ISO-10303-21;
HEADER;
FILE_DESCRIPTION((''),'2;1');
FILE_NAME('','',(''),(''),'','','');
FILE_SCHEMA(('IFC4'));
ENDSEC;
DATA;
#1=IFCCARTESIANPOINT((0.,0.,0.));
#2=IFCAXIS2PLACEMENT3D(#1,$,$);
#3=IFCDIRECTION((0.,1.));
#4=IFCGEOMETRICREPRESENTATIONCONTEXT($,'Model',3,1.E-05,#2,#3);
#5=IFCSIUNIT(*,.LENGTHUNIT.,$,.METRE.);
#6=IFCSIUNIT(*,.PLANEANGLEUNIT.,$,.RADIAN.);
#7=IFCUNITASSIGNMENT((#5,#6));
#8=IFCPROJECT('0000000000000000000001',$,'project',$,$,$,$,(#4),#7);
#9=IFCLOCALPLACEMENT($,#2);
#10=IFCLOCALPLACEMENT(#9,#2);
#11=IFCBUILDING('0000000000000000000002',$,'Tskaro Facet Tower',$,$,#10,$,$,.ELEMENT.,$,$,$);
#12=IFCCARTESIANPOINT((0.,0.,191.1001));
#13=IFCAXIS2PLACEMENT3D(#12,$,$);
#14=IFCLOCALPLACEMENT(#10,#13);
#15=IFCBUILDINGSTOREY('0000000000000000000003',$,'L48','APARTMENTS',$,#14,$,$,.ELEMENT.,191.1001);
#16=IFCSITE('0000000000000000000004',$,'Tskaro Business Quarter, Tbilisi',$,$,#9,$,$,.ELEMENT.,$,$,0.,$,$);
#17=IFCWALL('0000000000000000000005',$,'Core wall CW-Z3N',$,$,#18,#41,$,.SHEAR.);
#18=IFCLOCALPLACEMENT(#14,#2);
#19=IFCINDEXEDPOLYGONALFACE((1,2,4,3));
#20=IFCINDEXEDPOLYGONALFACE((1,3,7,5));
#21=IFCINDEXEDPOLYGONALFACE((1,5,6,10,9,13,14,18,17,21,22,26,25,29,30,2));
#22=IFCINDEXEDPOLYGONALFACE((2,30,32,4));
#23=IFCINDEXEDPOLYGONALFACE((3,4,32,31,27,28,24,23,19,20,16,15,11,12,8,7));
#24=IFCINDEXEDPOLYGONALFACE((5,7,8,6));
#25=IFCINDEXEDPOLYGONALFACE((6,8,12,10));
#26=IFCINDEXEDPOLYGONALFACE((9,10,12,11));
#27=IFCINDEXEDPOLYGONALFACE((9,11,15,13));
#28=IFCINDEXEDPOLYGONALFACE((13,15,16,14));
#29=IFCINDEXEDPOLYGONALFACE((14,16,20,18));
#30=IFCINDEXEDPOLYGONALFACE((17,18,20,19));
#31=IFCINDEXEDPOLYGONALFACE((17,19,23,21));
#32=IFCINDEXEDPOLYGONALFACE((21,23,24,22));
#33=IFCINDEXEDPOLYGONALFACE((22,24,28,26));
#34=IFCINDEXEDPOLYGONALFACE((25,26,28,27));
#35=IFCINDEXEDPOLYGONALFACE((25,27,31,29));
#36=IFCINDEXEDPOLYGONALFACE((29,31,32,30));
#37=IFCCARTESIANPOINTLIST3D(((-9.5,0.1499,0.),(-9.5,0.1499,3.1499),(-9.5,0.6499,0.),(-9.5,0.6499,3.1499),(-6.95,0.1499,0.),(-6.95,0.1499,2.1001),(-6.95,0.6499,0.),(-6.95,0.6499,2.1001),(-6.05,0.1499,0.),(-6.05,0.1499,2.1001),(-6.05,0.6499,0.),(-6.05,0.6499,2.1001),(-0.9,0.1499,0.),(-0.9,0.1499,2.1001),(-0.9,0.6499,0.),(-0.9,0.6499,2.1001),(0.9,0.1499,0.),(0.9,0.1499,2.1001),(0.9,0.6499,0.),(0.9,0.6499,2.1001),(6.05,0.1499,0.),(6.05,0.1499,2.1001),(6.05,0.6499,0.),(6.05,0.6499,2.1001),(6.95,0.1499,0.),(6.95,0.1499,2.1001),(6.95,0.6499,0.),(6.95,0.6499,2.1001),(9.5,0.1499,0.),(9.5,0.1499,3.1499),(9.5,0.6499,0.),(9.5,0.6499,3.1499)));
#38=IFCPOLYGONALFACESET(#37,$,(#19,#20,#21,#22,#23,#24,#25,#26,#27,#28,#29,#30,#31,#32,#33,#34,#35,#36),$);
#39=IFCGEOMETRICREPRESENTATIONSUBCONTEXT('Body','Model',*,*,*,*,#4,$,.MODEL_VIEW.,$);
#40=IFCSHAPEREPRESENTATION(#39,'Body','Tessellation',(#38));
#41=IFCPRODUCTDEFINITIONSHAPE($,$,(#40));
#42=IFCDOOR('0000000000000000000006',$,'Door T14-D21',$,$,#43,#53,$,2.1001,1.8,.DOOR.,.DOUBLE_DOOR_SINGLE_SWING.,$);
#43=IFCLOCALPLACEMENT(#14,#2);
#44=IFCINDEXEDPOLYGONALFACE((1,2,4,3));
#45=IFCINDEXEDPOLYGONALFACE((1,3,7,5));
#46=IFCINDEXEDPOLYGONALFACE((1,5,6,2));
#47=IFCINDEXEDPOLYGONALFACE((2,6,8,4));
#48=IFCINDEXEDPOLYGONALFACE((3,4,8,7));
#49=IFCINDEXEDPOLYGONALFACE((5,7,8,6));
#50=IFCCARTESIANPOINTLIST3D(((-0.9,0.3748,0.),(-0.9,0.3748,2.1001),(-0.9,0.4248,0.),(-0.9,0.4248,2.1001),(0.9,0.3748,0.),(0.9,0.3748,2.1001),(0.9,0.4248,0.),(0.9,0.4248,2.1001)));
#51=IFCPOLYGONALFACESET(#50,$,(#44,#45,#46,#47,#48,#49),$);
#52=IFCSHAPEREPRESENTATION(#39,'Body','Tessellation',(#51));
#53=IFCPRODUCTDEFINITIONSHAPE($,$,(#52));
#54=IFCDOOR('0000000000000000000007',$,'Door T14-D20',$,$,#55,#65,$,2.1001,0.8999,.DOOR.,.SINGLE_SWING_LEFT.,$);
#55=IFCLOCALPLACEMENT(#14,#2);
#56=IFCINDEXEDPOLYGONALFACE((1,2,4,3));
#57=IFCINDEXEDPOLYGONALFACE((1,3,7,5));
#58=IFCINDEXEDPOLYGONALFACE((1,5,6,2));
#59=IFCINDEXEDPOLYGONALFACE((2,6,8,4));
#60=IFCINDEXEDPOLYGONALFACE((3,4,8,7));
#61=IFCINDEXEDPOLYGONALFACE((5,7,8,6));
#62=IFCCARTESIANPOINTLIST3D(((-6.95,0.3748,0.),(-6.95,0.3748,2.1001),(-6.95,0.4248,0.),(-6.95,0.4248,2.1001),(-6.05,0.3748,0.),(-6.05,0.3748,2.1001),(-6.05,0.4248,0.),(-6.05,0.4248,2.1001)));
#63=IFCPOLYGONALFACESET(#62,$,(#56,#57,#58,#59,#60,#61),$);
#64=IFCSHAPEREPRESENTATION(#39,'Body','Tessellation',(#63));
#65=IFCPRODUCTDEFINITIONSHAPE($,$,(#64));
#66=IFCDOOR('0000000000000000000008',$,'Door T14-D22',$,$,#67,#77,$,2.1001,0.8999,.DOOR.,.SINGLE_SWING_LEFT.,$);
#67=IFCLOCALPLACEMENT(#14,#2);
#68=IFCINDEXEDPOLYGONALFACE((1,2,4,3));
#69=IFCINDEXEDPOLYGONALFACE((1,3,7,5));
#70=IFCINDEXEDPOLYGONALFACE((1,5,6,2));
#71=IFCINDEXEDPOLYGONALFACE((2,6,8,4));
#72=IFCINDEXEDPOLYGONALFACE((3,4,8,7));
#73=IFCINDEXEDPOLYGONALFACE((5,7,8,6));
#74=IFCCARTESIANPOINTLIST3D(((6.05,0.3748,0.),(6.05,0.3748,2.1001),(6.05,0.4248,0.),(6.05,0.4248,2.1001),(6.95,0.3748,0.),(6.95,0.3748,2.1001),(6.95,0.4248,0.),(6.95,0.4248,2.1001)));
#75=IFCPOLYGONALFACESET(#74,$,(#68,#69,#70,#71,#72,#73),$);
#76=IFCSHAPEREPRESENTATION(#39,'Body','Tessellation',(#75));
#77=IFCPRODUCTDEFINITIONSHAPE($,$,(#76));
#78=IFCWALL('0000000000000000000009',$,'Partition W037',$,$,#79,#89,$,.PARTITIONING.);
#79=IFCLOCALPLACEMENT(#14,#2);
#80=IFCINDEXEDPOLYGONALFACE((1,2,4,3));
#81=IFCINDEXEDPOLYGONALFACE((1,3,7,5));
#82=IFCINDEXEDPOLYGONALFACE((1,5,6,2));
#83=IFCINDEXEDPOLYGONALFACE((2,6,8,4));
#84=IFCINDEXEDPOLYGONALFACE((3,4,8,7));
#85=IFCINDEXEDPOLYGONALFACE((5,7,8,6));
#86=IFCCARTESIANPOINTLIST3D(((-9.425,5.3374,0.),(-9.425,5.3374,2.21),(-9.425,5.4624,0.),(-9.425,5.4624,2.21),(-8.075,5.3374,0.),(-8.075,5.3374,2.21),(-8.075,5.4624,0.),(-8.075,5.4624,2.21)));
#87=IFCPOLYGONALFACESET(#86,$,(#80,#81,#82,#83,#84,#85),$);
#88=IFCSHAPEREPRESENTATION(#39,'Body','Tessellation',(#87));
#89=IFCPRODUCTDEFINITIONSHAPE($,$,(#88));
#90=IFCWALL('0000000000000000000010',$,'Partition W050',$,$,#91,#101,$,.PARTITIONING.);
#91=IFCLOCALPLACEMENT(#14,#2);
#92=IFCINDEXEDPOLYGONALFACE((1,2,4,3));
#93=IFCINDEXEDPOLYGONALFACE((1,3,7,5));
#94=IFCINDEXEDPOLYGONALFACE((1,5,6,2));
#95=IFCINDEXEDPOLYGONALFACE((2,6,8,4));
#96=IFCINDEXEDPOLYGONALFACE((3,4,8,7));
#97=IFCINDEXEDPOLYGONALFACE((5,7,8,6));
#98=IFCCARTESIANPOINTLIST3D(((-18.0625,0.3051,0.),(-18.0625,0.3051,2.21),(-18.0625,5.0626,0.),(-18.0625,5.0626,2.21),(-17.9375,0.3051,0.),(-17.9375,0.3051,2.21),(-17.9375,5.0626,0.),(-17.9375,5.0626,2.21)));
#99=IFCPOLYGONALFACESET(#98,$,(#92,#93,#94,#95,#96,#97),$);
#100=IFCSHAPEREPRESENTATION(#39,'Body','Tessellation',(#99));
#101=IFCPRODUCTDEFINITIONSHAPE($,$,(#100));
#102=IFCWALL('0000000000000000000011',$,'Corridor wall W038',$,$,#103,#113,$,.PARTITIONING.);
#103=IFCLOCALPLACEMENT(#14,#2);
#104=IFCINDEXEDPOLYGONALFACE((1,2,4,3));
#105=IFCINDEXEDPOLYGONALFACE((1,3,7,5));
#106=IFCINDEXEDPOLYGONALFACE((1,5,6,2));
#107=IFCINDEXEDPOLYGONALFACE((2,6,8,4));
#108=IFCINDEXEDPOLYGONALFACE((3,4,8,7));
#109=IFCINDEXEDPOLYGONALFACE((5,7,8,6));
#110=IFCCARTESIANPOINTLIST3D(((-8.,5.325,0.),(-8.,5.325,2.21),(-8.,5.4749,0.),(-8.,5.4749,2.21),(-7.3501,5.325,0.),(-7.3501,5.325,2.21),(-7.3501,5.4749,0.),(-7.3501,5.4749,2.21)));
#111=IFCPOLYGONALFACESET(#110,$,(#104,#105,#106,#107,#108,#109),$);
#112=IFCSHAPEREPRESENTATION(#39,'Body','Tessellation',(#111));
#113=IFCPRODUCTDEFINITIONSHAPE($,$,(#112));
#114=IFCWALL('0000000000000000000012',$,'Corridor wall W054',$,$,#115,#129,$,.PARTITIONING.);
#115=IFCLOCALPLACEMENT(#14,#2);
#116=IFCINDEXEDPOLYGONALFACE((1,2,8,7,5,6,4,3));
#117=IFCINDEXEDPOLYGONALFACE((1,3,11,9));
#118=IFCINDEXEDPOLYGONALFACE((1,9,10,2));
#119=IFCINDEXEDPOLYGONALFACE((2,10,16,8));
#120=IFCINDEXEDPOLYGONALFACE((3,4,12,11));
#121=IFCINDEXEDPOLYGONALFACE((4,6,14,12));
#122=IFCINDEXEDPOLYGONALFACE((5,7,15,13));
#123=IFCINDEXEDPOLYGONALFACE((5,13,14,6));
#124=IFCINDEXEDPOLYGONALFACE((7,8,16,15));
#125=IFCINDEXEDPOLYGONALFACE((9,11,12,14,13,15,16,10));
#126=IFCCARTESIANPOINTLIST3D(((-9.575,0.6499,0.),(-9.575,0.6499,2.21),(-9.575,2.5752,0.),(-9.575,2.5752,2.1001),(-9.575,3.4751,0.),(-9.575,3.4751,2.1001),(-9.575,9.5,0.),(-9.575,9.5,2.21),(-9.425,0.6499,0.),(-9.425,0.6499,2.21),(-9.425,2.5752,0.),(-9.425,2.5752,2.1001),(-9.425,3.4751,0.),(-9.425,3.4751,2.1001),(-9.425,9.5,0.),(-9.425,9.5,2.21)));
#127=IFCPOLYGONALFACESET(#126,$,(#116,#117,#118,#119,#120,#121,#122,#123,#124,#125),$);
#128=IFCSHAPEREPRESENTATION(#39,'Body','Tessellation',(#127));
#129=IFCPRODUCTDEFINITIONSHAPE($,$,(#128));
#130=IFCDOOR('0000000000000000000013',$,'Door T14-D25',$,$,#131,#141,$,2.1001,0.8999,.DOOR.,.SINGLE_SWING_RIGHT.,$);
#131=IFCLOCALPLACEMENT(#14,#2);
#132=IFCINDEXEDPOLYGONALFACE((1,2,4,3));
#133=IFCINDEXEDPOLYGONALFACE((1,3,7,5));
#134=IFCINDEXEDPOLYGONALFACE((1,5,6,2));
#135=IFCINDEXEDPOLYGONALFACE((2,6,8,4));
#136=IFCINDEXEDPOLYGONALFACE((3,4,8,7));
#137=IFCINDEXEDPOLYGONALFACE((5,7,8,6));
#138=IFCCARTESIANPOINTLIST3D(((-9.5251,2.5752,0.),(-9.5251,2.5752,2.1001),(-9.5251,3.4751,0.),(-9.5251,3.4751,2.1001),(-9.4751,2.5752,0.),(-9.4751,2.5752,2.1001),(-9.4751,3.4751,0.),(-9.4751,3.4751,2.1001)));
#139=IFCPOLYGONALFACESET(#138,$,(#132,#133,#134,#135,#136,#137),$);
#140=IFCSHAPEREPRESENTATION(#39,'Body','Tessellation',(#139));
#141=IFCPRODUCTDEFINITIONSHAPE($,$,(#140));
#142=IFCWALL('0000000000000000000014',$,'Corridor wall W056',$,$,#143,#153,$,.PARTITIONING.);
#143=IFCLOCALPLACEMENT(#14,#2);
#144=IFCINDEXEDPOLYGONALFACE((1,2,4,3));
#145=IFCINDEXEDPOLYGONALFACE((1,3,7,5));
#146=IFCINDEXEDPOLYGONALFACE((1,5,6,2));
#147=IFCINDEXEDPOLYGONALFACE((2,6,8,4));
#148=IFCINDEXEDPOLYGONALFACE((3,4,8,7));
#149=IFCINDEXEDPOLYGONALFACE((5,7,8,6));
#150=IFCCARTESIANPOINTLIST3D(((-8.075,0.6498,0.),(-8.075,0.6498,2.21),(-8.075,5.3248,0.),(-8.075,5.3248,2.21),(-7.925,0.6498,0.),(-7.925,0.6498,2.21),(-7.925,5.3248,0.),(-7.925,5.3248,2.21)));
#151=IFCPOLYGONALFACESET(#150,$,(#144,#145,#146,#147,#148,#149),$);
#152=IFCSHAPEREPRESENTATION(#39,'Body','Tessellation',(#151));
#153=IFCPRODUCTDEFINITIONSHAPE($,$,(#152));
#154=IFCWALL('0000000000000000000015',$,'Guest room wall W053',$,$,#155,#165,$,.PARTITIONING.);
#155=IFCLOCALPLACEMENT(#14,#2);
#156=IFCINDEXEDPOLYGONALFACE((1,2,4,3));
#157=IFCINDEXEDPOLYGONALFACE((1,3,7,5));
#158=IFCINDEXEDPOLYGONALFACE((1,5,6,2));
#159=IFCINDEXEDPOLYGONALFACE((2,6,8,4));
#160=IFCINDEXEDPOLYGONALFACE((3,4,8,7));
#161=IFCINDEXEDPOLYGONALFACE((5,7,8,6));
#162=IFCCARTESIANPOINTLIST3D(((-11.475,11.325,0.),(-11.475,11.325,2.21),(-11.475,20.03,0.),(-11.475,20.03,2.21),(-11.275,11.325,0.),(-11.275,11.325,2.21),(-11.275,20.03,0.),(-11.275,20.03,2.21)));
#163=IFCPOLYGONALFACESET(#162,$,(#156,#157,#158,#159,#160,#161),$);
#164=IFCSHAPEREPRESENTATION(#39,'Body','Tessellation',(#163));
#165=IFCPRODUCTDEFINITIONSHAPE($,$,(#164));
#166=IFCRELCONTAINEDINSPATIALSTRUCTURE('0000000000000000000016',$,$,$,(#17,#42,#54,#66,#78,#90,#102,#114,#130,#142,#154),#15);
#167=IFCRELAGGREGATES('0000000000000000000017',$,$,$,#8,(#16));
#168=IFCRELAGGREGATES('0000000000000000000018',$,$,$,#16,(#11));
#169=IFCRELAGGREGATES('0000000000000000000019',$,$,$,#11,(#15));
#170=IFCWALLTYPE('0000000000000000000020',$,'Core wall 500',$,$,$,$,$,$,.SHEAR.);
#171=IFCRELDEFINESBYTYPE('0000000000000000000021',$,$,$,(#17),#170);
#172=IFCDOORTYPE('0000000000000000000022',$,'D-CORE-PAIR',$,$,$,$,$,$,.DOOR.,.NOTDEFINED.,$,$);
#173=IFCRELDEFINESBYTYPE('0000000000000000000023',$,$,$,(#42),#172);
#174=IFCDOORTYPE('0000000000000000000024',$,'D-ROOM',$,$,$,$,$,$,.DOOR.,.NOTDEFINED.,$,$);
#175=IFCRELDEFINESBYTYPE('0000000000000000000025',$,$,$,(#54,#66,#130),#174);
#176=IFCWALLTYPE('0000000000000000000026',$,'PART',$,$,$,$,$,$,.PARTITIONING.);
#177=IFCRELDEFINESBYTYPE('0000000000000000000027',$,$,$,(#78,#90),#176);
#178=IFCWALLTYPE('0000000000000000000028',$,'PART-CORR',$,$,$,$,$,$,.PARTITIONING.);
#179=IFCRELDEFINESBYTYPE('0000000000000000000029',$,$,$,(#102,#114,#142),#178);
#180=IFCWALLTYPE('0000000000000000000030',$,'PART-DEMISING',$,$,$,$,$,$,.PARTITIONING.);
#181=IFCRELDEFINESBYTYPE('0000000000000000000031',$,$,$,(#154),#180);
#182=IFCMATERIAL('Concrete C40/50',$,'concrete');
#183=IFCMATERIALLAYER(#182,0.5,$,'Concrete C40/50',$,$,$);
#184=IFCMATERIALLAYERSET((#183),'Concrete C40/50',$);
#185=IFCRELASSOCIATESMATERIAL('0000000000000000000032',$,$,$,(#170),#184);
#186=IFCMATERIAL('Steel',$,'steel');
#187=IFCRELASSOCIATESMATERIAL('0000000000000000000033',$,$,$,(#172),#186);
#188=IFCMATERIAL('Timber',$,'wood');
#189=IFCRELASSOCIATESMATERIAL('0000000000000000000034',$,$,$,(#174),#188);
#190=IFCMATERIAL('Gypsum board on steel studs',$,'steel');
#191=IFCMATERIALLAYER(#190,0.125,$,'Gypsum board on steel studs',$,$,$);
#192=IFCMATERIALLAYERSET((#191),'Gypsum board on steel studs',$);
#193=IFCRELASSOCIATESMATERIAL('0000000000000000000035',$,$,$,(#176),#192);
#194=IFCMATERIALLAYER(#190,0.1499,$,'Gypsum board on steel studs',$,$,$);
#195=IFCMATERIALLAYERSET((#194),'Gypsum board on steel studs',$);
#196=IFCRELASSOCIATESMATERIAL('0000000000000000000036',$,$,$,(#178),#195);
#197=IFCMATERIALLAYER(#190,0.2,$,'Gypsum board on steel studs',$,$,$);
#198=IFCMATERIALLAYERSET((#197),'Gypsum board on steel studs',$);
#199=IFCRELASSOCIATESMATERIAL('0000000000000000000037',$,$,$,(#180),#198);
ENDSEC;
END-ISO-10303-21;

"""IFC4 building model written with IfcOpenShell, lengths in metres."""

from ifc_helpers import new_model, si_unit, direction, frame, frame_2d, origin, place, context, subcontext, project, spatial, rectangle, extrude, material, layer, layer_set, type_object, element, fill, save


model = new_model("IFC4")

# Units and contexts
model_context = context("Model", 3, precision=1e-05, world=origin(), true_north=direction((0.0, 1.0)))
body_context = subcontext(model_context, "Body", "Model", "MODEL_VIEW")
ifc_project = project(units=[si_unit("LENGTHUNIT", "METRE"), si_unit("PLANEANGLEUNIT", "RADIAN")], contexts=[model_context])

# Site, building, storey
site_placement = place(None, origin())
site = spatial("IfcSite", under=ifc_project, at=site_placement, Name="Tskaro Business Quarter, Tbilisi", CompositionType="ELEMENT", RefElevation=0.0)
building_placement = place(site_placement, origin())
building = spatial("IfcBuilding", under=site, at=building_placement, Name="Tskaro Facet Tower", CompositionType="ELEMENT")
storey_placement = place(building_placement, frame((0.0, 0.0, 191.1001)))
storey = spatial("IfcBuildingStorey", under=building, at=storey_placement, Name="L48", Description="APARTMENTS", CompositionType="ELEMENT", Elevation=191.1001)

# Wall, openings, doors
ifc_material_1 = material(Name="Concrete C40/50", Category="concrete")
ifc_layer_1 = layer(ifc_material_1, 0.5, Name="Concrete C40/50")
ifc_layer_set_1 = layer_set([ifc_layer_1], Name="Concrete C40/50")
wall_type_1 = type_object("IfcWallType", Name="Core wall 500", PredefinedType="SHEAR", material=ifc_layer_set_1)
wall_1_placement = place(storey_placement, frame((-9.5, 0.3999, 0.0), z_axis=(0.0, 0.0, 1.0), x_axis=(1.0, 0.0, 0.0)))
wall_1 = element("IfcWall", 1, at=wall_1_placement, inside=storey, type_object=wall_type_1, Name="Core wall CW-Z3N", PredefinedType="SHEAR", context=body_context, shape_type="SweptSolid", body=[
    extrude(rectangle(XDim=19.0, YDim=0.5, at=frame_2d((9.5, 0.0))), origin(), (0.0, 0.0, 1.0), 3.1499),
])
opening_1_placement = place(wall_1_placement, frame((8.6001, 0.0, 0.0)))
opening_1 = element("IfcOpeningElement", 2, at=opening_1_placement, cuts=wall_1, PredefinedType="OPENING", context=body_context, shape_type="SweptSolid", body=[
    extrude(rectangle(XDim=1.8, YDim=2.1001, at=frame_2d((0.8999, 1.05))), frame((0.0, 0.26, 0.0), z_axis=(0.0, -1.0, 0.0), x_axis=(1.0, 0.0, 0.0)), (0.0, 0.0, 1.0), 0.52),
])
opening_2_placement = place(wall_1_placement, frame((2.55, 0.0, 0.0)))
opening_2 = element("IfcOpeningElement", 3, at=opening_2_placement, cuts=wall_1, PredefinedType="OPENING", context=body_context, shape_type="SweptSolid", body=[
    extrude(rectangle(XDim=0.8999, YDim=2.1001, at=frame_2d((0.45, 1.05))), frame((0.0, 0.26, 0.0), z_axis=(0.0, -1.0, 0.0), x_axis=(1.0, 0.0, 0.0)), (0.0, 0.0, 1.0), 0.52),
])
opening_3_placement = place(wall_1_placement, frame((15.55, 0.0, 0.0)))
opening_3 = element("IfcOpeningElement", 4, at=opening_3_placement, cuts=wall_1, PredefinedType="OPENING", context=body_context, shape_type="SweptSolid", body=[
    extrude(rectangle(XDim=0.8999, YDim=2.1001, at=frame_2d((0.45, 1.05))), frame((0.0, 0.26, 0.0), z_axis=(0.0, -1.0, 0.0), x_axis=(1.0, 0.0, 0.0)), (0.0, 0.0, 1.0), 0.52),
])
ifc_material_2 = material(Name="Steel", Category="steel")
door_type_1 = type_object("IfcDoorType", Name="D-CORE-PAIR", OperationType="NOTDEFINED", PredefinedType="DOOR", material=ifc_material_2)
door_1_placement = place(opening_1_placement, origin())
door_1 = element("IfcDoor", 5, at=door_1_placement, inside=storey, type_object=door_type_1, Name="Door T14-D21", OperationType="DOUBLE_DOOR_SINGLE_SWING", OverallHeight=2.1001, OverallWidth=1.8, PredefinedType="DOOR", context=body_context, shape_type="SweptSolid", body=[
    extrude(rectangle(XDim=1.8, YDim=2.1001, at=frame_2d((0.8999, 1.05))), frame((0.0, 0.0249, 0.0), z_axis=(0.0, -1.0, 0.0), x_axis=(1.0, 0.0, 0.0)), (0.0, 0.0, 1.0), 0.05),
])
fill(opening_1, door_1)
ifc_material_3 = material(Name="Timber", Category="wood")
door_type_2 = type_object("IfcDoorType", Name="D-ROOM", OperationType="NOTDEFINED", PredefinedType="DOOR", material=ifc_material_3)
door_2_placement = place(opening_2_placement, origin())
door_2 = element("IfcDoor", 6, at=door_2_placement, inside=storey, type_object=door_type_2, Name="Door T14-D20", OperationType="SINGLE_SWING_LEFT", OverallHeight=2.1001, OverallWidth=0.8999, PredefinedType="DOOR", context=body_context, shape_type="SweptSolid", body=[
    extrude(rectangle(XDim=0.8999, YDim=2.1001, at=frame_2d((0.45, 1.05))), frame((0.0, 0.0249, 0.0), z_axis=(0.0, -1.0, 0.0), x_axis=(1.0, 0.0, 0.0)), (0.0, 0.0, 1.0), 0.05),
])
fill(opening_2, door_2)
door_3_placement = place(opening_3_placement, origin())
door_3 = element("IfcDoor", 7, at=door_3_placement, inside=storey, type_object=door_type_2, Name="Door T14-D22", OperationType="SINGLE_SWING_LEFT", OverallHeight=2.1001, OverallWidth=0.8999, PredefinedType="DOOR", context=body_context, shape_type="SweptSolid", body=[
    extrude(rectangle(XDim=0.8999, YDim=2.1001, at=frame_2d((0.45, 1.05))), frame((0.0, 0.0249, 0.0), z_axis=(0.0, -1.0, 0.0), x_axis=(1.0, 0.0, 0.0)), (0.0, 0.0, 1.0), 0.05),
])
fill(opening_3, door_3)

# Walls
ifc_material_4 = material(Name="Gypsum board on steel studs", Category="steel")
ifc_layer_2 = layer(ifc_material_4, 0.125, Name="Gypsum board on steel studs")
ifc_layer_set_2 = layer_set([ifc_layer_2], Name="Gypsum board on steel studs")
wall_type_2 = type_object("IfcWallType", Name="PART", PredefinedType="PARTITIONING", material=ifc_layer_set_2)
wall_2_placement = place(storey_placement, frame((-9.425, 5.3999, 0.0), z_axis=(0.0, 0.0, 1.0), x_axis=(1.0, 0.0, 0.0)))
element("IfcWall", 8, at=wall_2_placement, inside=storey, type_object=wall_type_2, Name="Partition W037", PredefinedType="PARTITIONING", context=body_context, shape_type="SweptSolid", body=[
    extrude(rectangle(XDim=1.3501, YDim=0.125, at=frame_2d((0.675, 0.0))), origin(), (0.0, 0.0, 1.0), 2.21),
])
wall_3_placement = place(storey_placement, frame((-18.0, 0.3049, 0.0), z_axis=(0.0, 0.0, 1.0), x_axis=(0.0, 1.0, 0.0)))
element("IfcWall", 9, at=wall_3_placement, inside=storey, type_object=wall_type_2, Name="Partition W050", PredefinedType="PARTITIONING", context=body_context, shape_type="SweptSolid", body=[
    extrude(rectangle(XDim=4.7576, YDim=0.125, at=frame_2d((2.3789, 0.0))), origin(), (0.0, 0.0, 1.0), 2.21),
])
ifc_layer_3 = layer(ifc_material_4, 0.1499, Name="Gypsum board on steel studs")
ifc_layer_set_3 = layer_set([ifc_layer_3], Name="Gypsum board on steel studs")
wall_type_3 = type_object("IfcWallType", Name="PART-CORR", PredefinedType="PARTITIONING", material=ifc_layer_set_3)
wall_4_placement = place(storey_placement, frame((-8.0, 5.3999, 0.0), z_axis=(0.0, 0.0, 1.0), x_axis=(1.0, 0.0, 0.0)))
element("IfcWall", 10, at=wall_4_placement, inside=storey, type_object=wall_type_3, Name="Corridor wall W038", PredefinedType="PARTITIONING", context=body_context, shape_type="SweptSolid", body=[
    extrude(rectangle(XDim=0.6499, YDim=0.1499, at=frame_2d((0.325, 0.0))), origin(), (0.0, 0.0, 1.0), 2.21),
])

# Wall, opening, door
wall_5_placement = place(storey_placement, frame((-9.5, 9.5, 0.0), z_axis=(0.0, 0.0, 1.0), x_axis=(0.0, -1.0, 0.0)))
wall_5 = element("IfcWall", 11, at=wall_5_placement, inside=storey, type_object=wall_type_3, Name="Corridor wall W054", PredefinedType="PARTITIONING", context=body_context, shape_type="SweptSolid", body=[
    extrude(rectangle(XDim=8.8501, YDim=0.1499, at=frame_2d((4.425, 0.0))), origin(), (0.0, 0.0, 1.0), 2.21),
])
opening_4_placement = place(wall_5_placement, frame((6.0249, 0.0, 0.0)))
opening_4 = element("IfcOpeningElement", 12, at=opening_4_placement, cuts=wall_5, PredefinedType="OPENING", context=body_context, shape_type="SweptSolid", body=[
    extrude(rectangle(XDim=0.8999, YDim=2.1001, at=frame_2d((0.45, 1.05))), frame((0.0, 0.085, 0.0), z_axis=(0.0, -1.0, 0.0), x_axis=(1.0, 0.0, 0.0)), (0.0, 0.0, 1.0), 0.1699),
])
door_4_placement = place(opening_4_placement, origin())
door_4 = element("IfcDoor", 13, at=door_4_placement, inside=storey, type_object=door_type_2, Name="Door T14-D25", OperationType="SINGLE_SWING_RIGHT", OverallHeight=2.1001, OverallWidth=0.8999, PredefinedType="DOOR", context=body_context, shape_type="SweptSolid", body=[
    extrude(rectangle(XDim=0.8999, YDim=2.1001, at=frame_2d((0.45, 1.05))), frame((0.0, 0.0249, 0.0), z_axis=(0.0, -1.0, 0.0), x_axis=(1.0, 0.0, 0.0)), (0.0, 0.0, 1.0), 0.05),
])
fill(opening_4, door_4)

# Walls
wall_6_placement = place(storey_placement, frame((-8.0, 0.6499, 0.0), z_axis=(0.0, 0.0, 1.0), x_axis=(0.0, 1.0, 0.0)))
element("IfcWall", 14, at=wall_6_placement, inside=storey, type_object=wall_type_3, Name="Corridor wall W056", PredefinedType="PARTITIONING", context=body_context, shape_type="SweptSolid", body=[
    extrude(rectangle(XDim=4.675, YDim=0.1499, at=frame_2d((2.3374, 0.0))), origin(), (0.0, 0.0, 1.0), 2.21),
])
ifc_layer_4 = layer(ifc_material_4, 0.2, Name="Gypsum board on steel studs")
ifc_layer_set_4 = layer_set([ifc_layer_4], Name="Gypsum board on steel studs")
wall_type_4 = type_object("IfcWallType", Name="PART-DEMISING", PredefinedType="PARTITIONING", material=ifc_layer_set_4)
wall_7_placement = place(storey_placement, frame((-11.375, 11.325, 0.0), z_axis=(0.0, 0.0, 1.0), x_axis=(0.0, 1.0, 0.0)))
element("IfcWall", 15, at=wall_7_placement, inside=storey, type_object=wall_type_4, Name="Guest room wall W053", PredefinedType="PARTITIONING", context=body_context, shape_type="SweptSolid", body=[
    extrude(rectangle(XDim=8.7051, YDim=0.2, at=frame_2d((4.3525, 0.0))), origin(), (0.0, 0.0, 1.0), 2.21),
])

save(model, "model.ifc")
